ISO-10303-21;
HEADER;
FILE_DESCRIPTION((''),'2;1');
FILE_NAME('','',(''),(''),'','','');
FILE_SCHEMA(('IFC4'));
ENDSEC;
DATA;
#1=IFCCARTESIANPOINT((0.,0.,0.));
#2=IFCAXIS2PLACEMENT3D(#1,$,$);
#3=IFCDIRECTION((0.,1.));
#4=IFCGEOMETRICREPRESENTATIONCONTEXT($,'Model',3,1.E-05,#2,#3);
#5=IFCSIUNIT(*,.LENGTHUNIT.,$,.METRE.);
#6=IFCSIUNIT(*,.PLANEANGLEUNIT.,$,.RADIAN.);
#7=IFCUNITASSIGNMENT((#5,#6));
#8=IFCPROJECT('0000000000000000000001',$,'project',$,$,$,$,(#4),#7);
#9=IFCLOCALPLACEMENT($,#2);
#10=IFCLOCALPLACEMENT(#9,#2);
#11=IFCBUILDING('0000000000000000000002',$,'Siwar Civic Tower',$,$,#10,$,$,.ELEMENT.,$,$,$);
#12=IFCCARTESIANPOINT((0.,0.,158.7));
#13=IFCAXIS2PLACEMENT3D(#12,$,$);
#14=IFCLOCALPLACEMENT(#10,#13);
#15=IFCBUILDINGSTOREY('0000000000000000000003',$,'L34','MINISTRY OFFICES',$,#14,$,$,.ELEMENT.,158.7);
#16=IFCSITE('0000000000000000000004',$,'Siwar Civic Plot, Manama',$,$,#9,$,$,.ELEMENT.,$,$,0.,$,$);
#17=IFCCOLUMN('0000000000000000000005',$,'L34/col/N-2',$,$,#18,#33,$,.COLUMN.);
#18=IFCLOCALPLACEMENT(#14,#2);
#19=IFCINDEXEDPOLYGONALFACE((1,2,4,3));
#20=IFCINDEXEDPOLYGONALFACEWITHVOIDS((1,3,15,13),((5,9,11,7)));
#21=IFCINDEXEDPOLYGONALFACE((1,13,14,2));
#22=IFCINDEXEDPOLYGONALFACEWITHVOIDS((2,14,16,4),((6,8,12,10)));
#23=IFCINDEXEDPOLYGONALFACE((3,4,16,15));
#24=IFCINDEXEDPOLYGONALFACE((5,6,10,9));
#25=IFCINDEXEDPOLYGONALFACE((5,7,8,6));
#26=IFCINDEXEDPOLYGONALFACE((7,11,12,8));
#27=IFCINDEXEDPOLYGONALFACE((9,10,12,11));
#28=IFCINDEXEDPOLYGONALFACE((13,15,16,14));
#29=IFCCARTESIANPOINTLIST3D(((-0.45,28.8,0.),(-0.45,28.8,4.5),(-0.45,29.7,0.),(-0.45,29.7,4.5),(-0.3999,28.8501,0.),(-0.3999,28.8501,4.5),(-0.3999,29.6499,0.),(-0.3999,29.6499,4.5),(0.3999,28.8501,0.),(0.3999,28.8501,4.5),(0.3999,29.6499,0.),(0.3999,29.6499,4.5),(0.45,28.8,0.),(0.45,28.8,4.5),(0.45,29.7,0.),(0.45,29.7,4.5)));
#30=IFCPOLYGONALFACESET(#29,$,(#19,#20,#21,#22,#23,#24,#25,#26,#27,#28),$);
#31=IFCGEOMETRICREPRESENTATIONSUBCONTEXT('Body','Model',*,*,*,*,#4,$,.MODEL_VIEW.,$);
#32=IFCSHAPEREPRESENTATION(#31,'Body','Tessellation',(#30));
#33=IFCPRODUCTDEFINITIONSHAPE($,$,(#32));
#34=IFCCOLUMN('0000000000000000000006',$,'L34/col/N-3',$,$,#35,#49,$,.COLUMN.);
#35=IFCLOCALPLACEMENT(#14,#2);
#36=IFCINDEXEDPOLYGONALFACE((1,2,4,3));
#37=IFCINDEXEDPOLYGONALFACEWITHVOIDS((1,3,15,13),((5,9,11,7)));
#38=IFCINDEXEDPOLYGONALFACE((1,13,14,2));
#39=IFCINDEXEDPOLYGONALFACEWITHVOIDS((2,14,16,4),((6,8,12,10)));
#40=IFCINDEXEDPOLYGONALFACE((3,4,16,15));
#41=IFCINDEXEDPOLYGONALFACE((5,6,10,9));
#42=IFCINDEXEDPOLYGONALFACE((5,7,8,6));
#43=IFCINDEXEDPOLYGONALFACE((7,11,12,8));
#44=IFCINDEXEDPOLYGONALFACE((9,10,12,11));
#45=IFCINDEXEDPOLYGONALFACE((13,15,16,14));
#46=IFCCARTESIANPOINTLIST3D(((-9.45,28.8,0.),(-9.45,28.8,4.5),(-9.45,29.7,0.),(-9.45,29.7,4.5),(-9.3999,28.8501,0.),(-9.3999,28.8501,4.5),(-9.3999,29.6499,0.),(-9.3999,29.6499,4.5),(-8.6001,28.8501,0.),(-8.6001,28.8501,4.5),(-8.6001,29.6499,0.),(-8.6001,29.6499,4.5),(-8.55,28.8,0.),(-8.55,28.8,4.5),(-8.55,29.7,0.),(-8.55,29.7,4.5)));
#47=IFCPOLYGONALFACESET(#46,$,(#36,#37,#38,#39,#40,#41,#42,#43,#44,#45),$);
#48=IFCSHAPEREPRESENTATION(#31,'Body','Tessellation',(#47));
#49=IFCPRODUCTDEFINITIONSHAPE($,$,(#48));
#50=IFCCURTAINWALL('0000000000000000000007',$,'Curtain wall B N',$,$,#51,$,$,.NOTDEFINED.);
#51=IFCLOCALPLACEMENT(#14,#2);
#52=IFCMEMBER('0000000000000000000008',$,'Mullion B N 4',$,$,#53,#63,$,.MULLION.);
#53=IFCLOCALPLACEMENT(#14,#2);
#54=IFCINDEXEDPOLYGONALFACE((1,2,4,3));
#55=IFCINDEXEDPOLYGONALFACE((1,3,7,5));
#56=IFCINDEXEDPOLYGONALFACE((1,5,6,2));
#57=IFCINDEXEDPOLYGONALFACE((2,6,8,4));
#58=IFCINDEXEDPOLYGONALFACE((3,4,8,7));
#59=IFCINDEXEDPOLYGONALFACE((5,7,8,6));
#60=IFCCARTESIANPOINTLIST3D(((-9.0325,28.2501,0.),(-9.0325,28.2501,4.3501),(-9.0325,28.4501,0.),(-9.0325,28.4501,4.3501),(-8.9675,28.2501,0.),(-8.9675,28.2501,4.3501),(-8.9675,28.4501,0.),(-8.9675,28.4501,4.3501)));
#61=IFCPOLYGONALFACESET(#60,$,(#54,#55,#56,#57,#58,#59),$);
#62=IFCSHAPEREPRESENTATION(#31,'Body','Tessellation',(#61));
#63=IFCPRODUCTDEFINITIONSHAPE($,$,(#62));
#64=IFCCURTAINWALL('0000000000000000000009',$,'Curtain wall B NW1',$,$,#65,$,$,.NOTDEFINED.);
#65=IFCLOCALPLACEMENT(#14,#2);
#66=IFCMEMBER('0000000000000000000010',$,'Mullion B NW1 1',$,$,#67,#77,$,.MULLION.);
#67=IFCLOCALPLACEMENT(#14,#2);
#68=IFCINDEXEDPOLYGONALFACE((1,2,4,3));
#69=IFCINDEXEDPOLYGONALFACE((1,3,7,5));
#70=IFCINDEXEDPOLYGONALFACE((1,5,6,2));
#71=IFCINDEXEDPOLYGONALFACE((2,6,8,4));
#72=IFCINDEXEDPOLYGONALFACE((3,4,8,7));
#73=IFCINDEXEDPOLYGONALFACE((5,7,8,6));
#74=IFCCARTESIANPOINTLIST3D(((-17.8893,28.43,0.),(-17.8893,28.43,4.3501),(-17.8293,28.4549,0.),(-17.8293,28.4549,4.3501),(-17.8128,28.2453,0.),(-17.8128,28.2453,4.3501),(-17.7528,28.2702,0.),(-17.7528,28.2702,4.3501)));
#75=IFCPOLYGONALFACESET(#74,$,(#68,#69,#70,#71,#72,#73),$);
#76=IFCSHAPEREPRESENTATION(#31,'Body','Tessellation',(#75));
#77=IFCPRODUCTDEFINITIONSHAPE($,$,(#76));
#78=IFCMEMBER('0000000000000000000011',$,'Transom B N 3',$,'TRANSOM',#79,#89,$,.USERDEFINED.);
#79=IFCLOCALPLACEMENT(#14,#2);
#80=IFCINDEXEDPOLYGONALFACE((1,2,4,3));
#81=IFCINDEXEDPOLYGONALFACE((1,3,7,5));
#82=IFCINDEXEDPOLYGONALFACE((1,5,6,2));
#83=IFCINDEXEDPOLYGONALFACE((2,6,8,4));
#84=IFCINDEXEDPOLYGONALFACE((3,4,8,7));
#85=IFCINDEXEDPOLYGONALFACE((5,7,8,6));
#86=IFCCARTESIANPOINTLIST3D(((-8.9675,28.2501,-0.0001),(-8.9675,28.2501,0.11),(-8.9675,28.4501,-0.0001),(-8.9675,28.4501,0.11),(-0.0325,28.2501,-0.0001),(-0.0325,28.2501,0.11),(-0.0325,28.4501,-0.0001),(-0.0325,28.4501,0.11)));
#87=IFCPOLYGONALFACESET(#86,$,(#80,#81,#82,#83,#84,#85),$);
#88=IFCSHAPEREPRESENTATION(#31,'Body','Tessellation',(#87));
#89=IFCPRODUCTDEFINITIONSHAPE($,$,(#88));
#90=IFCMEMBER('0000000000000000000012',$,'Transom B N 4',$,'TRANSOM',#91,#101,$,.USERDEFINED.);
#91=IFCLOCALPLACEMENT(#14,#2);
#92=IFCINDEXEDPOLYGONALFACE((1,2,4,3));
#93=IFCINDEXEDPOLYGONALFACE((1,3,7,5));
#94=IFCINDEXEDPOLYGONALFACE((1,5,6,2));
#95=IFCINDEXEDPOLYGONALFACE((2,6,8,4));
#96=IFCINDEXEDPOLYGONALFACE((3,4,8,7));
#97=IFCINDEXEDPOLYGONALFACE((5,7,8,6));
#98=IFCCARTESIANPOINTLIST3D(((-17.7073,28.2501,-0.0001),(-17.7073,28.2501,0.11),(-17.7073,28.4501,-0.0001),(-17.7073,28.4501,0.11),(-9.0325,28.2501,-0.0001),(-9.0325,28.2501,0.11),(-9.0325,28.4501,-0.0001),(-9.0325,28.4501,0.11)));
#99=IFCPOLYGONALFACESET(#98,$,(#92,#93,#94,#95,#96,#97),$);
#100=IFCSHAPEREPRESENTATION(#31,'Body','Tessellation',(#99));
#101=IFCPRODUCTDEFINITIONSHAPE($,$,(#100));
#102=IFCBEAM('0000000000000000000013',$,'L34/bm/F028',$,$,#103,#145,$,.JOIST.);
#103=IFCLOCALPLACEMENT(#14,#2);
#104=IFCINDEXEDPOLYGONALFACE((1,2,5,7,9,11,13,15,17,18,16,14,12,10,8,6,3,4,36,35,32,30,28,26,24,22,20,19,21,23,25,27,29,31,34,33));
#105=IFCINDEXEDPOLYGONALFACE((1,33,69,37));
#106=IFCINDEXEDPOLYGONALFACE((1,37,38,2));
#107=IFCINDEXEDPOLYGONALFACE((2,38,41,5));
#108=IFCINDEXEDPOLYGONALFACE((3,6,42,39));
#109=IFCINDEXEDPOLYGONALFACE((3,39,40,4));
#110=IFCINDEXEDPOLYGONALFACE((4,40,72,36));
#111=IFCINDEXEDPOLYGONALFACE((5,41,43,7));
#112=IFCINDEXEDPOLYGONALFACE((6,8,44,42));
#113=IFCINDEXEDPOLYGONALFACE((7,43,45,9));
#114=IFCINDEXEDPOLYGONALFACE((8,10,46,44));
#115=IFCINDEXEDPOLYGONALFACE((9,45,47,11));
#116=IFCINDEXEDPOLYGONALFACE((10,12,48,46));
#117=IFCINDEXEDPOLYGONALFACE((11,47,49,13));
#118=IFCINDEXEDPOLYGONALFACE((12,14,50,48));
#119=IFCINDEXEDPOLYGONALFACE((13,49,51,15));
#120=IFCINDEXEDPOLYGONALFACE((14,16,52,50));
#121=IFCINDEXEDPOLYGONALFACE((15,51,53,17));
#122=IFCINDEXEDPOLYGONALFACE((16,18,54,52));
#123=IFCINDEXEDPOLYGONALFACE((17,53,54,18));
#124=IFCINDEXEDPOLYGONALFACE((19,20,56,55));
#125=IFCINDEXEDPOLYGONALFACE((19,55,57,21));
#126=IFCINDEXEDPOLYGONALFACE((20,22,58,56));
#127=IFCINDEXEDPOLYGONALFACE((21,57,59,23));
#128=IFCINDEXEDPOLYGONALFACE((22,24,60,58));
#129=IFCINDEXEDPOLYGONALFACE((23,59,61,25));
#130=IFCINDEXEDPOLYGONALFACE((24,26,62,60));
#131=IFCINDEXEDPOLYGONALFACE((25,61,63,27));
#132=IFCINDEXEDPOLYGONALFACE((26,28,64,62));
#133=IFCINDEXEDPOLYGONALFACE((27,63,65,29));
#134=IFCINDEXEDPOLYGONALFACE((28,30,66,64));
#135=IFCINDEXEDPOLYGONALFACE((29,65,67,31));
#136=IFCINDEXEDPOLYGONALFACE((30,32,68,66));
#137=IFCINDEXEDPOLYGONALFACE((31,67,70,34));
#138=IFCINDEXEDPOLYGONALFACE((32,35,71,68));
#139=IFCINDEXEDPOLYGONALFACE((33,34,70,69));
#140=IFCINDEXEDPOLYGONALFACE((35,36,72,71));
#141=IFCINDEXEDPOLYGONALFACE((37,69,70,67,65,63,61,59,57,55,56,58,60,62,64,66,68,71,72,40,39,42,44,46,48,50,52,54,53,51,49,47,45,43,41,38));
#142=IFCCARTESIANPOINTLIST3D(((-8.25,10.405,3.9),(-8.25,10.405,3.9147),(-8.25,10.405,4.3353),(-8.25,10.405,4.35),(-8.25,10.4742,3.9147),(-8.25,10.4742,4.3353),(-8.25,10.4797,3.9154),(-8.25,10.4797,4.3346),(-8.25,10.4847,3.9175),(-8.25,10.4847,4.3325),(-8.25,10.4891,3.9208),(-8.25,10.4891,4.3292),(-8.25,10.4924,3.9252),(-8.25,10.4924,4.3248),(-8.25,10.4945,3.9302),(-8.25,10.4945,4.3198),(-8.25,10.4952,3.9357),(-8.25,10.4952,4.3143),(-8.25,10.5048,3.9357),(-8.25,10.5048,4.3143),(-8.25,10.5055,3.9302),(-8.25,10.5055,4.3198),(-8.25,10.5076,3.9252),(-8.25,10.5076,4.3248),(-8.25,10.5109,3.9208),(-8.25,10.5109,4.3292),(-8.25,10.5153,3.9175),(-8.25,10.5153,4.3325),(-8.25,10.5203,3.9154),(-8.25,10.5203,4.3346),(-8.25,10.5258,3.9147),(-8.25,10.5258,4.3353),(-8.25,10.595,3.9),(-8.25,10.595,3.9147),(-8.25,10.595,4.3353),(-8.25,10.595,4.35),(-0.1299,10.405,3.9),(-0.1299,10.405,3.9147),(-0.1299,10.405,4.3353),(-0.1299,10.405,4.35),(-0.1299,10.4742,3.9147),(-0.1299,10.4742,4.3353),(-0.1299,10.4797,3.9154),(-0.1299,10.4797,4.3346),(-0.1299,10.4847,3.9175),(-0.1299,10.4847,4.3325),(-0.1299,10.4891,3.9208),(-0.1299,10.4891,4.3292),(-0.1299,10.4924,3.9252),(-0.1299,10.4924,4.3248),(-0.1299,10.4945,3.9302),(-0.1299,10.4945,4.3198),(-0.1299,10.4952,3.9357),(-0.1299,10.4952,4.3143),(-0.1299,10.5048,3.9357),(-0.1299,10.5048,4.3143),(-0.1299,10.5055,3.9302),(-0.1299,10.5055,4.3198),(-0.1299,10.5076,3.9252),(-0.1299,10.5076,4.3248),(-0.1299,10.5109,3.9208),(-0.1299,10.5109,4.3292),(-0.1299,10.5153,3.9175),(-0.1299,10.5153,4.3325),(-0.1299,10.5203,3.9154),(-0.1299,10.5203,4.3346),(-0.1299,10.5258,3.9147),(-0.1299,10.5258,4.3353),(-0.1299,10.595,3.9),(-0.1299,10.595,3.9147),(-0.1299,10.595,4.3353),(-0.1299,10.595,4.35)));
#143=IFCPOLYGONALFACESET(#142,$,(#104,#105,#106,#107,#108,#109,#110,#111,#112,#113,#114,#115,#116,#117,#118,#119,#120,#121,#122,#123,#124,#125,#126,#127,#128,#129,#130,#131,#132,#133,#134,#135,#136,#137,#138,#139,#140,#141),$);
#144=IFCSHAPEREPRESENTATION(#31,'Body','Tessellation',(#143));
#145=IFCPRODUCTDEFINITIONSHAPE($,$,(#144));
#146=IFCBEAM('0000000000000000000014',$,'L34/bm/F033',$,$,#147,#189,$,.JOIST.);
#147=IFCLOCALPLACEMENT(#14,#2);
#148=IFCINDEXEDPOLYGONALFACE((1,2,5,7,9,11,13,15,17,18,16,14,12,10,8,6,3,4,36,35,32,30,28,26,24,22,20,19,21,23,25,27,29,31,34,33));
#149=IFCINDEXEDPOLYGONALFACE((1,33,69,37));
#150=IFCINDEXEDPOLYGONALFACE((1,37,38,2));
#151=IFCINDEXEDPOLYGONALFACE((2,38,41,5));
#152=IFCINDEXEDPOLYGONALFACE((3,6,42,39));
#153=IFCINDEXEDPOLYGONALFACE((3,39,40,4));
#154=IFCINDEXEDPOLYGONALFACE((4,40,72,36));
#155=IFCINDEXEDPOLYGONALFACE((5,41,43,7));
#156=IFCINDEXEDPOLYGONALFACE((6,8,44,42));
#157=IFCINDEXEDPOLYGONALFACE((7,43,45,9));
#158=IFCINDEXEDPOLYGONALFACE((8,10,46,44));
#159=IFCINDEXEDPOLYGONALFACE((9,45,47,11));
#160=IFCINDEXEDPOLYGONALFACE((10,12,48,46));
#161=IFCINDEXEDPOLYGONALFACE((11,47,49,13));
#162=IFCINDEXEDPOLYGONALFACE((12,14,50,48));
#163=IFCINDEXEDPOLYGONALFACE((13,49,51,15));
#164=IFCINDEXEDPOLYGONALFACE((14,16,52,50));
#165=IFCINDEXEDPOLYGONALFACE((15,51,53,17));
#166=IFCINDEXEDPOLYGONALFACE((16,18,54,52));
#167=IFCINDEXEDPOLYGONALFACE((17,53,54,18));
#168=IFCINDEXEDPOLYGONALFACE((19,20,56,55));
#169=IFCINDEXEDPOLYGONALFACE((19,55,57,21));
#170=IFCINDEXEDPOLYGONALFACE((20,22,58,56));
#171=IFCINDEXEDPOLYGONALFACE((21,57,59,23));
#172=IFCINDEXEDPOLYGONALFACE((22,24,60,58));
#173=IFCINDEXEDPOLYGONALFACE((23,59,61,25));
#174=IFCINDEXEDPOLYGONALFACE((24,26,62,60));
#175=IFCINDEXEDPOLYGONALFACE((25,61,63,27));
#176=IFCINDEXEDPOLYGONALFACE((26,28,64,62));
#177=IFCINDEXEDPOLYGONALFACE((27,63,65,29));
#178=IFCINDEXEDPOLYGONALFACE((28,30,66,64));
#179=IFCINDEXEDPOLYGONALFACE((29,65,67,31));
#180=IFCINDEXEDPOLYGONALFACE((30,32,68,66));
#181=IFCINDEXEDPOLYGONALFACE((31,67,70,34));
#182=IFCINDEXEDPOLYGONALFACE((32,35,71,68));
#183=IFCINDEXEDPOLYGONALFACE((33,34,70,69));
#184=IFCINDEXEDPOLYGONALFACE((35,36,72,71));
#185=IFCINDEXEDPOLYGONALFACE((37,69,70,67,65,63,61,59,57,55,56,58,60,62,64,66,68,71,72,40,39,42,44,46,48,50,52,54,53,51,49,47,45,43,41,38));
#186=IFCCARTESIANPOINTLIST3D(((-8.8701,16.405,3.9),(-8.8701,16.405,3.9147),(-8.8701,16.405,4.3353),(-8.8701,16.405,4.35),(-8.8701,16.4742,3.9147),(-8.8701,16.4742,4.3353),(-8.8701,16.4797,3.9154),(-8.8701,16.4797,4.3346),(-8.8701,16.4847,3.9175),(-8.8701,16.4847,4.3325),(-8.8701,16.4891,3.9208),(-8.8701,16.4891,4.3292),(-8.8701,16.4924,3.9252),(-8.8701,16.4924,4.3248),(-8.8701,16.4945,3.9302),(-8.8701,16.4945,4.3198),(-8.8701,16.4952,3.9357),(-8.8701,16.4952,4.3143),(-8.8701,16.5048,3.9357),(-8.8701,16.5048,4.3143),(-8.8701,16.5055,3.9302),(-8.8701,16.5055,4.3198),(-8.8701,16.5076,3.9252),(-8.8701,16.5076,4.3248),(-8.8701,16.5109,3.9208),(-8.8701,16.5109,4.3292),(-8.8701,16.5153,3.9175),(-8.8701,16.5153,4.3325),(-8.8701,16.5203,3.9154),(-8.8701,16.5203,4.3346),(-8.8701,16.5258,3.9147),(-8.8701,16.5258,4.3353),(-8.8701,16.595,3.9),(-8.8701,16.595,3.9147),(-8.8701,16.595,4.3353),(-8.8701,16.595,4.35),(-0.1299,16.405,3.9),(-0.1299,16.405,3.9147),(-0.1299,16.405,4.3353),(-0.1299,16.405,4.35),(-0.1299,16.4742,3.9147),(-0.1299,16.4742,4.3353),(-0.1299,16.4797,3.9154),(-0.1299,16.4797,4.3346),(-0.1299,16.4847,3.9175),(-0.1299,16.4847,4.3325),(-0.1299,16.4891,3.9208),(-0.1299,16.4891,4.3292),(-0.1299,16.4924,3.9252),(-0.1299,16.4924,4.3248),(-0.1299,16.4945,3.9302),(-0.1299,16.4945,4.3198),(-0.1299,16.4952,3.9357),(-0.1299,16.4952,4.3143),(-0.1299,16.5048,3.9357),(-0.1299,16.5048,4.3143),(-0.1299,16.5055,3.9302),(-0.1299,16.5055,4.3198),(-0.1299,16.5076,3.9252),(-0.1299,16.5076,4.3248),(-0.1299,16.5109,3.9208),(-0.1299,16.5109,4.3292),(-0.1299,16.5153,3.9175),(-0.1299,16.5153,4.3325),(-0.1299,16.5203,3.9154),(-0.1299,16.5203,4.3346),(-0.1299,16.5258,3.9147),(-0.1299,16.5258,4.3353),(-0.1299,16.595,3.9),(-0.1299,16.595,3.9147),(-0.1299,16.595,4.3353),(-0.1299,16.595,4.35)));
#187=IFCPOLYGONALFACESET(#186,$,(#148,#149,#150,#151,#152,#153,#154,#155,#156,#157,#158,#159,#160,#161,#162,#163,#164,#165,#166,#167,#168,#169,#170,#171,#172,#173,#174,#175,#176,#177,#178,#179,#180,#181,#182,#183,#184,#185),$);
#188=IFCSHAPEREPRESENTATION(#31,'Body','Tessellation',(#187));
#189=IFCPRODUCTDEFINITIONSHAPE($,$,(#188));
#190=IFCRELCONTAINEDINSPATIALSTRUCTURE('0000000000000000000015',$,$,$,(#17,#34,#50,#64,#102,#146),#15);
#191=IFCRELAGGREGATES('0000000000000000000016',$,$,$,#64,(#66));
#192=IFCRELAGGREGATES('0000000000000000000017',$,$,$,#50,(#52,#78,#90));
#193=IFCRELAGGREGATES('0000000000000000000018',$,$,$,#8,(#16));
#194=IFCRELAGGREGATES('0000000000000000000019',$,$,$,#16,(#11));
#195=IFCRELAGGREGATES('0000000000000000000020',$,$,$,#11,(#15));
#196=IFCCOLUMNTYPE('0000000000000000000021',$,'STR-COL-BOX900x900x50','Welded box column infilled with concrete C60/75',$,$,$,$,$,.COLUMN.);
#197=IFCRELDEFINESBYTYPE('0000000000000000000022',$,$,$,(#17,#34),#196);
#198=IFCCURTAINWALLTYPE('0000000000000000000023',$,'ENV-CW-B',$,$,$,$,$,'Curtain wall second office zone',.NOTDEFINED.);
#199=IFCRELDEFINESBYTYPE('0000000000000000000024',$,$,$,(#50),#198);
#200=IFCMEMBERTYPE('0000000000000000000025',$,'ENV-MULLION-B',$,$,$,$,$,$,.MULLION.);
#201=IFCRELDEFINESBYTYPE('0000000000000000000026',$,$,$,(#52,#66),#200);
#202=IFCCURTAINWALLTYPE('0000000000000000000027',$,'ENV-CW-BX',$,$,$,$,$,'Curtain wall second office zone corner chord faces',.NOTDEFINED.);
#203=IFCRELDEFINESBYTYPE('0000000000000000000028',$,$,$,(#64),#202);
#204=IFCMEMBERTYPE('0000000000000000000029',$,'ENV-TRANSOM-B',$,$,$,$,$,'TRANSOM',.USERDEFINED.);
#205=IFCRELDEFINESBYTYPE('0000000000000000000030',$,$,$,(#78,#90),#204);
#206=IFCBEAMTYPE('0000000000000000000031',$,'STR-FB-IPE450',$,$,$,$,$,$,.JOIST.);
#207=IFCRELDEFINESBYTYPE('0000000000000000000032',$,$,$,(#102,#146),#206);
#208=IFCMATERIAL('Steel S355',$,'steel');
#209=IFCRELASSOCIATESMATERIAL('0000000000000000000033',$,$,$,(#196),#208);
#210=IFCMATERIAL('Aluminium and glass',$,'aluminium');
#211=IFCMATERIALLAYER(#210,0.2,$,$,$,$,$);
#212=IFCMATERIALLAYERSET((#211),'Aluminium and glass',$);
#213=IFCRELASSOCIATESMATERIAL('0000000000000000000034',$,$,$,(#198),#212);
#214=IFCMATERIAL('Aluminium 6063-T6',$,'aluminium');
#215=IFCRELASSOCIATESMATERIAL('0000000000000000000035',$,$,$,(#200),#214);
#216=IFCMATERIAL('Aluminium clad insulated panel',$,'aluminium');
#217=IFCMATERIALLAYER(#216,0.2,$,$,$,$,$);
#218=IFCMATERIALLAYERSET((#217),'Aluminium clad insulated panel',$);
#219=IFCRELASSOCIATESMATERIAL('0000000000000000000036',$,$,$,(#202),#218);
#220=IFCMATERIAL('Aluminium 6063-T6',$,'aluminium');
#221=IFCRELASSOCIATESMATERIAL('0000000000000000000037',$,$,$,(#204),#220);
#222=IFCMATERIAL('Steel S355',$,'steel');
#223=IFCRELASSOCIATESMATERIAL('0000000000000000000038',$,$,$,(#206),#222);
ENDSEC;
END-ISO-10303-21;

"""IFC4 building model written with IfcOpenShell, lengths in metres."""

from ifc_helpers import new_model, si_unit, direction, frame, origin, origin_2d, place, context, subcontext, project, spatial, rectangle, hollow_rectangle, i_section, extrude, material, layer, layer_set, material_profile, profile_set, type_object, element, aggregate, save


model = new_model("IFC4")

# Units and contexts
model_context = context("Model", 3, precision=1e-05, world=origin(), true_north=direction((0.0, 1.0)))
body_context = subcontext(model_context, "Body", "Model", "MODEL_VIEW")
ifc_project = project(units=[si_unit("LENGTHUNIT", "METRE"), si_unit("PLANEANGLEUNIT", "RADIAN")], contexts=[model_context])

# Site, building, storey
site_placement = place(None, origin())
site = spatial("IfcSite", under=ifc_project, at=site_placement, Name="Siwar Civic Plot, Manama", CompositionType="ELEMENT", RefElevation=0.0)
building_placement = place(site_placement, origin())
building = spatial("IfcBuilding", under=site, at=building_placement, Name="Siwar Civic Tower", CompositionType="ELEMENT")
storey_placement = place(building_placement, frame((0.0, 0.0, 158.7)))
storey = spatial("IfcBuildingStorey", under=building, at=storey_placement, Name="L34", Description="MINISTRY OFFICES", CompositionType="ELEMENT", Elevation=158.7)

# Columns
ifc_material_1 = material(Name="Steel S355", Category="steel")
ifc_material_profile_1 = material_profile(ifc_material_1, hollow_rectangle(XDim=0.8999, YDim=0.8999, WallThickness=0.05, at=origin_2d()), Name="BOX900x900x50")
ifc_profile_set_1 = profile_set([ifc_material_profile_1], Name="Steel S355")
column_type = type_object("IfcColumnType", Name="STR-COL-BOX900x900x50", Description="Welded box column infilled with concrete C60/75", PredefinedType="COLUMN", material=ifc_profile_set_1)
for number, where, z_axis, x_axis, name in (
    (1, (0.0, 29.25, 0.0), (0.0, 0.0, 1.0), (1.0, 0.0, 0.0), "L34/col/N-2"),
    (2, (-9.0, 29.25, 0.0), (0.0, 0.0, 1.0), (1.0, 0.0, 0.0), "L34/col/N-3"),
):
    element("IfcColumn", number, at=place(storey_placement, frame(where, z_axis=z_axis, x_axis=x_axis)), inside=storey, type_object=column_type, Name=name, PredefinedType="COLUMN", context=body_context, shape_type="SweptSolid", body=[
        extrude(hollow_rectangle(XDim=0.8999, YDim=0.8999, WallThickness=0.05, at=origin_2d()), origin(), (0.0, 0.0, 1.0), 4.5),
    ])

# Curtain walls, members
ifc_material_2 = material(Name="Aluminium and glass", Category="aluminium")
ifc_layer_1 = layer(ifc_material_2, 0.2)
ifc_layer_set_1 = layer_set([ifc_layer_1], Name="Aluminium and glass")
curtain_wall_type_1 = type_object("IfcCurtainWallType", Name="ENV-CW-B", ElementType="Curtain wall second office zone", PredefinedType="NOTDEFINED", material=ifc_layer_set_1)
curtain_wall_1_placement = place(storey_placement, origin())
curtain_wall_1 = element("IfcCurtainWall", 3, at=curtain_wall_1_placement, inside=storey, type_object=curtain_wall_type_1, Name="Curtain wall B N", PredefinedType="NOTDEFINED")
ifc_material_3 = material(Name="Aluminium 6063-T6", Category="aluminium")
ifc_material_profile_2 = material_profile(ifc_material_3, rectangle(XDim=0.2, YDim=0.0649, at=origin_2d()), Name="AL 200x65")
ifc_profile_set_2 = profile_set([ifc_material_profile_2], Name="Aluminium 6063-T6")
member_type_1 = type_object("IfcMemberType", Name="ENV-MULLION-B", PredefinedType="MULLION", material=ifc_profile_set_2)
member_1_placement = place(storey_placement, frame((-9.0, 28.3501, 0.0), z_axis=(0.0, 0.0, 1.0), x_axis=(0.0, -1.0, 0.0)))
member_1 = element("IfcMember", 4, at=member_1_placement, type_object=member_type_1, Name="Mullion B N 4", PredefinedType="MULLION", context=body_context, shape_type="SweptSolid", body=[
    extrude(rectangle(XDim=0.2, YDim=0.0649, at=origin_2d()), origin(), (0.0, 0.0, 1.0), 4.3501),
])
ifc_material_4 = material(Name="Aluminium clad insulated panel", Category="aluminium")
ifc_layer_2 = layer(ifc_material_4, 0.2)
ifc_layer_set_2 = layer_set([ifc_layer_2], Name="Aluminium clad insulated panel")
curtain_wall_type_2 = type_object("IfcCurtainWallType", Name="ENV-CW-BX", ElementType="Curtain wall second office zone corner chord faces", PredefinedType="NOTDEFINED", material=ifc_layer_set_2)
curtain_wall_2_placement = place(storey_placement, origin())
curtain_wall_2 = element("IfcCurtainWall", 5, at=curtain_wall_2_placement, inside=storey, type_object=curtain_wall_type_2, Name="Curtain wall B NW1", PredefinedType="NOTDEFINED")
member_2_placement = place(storey_placement, frame((-17.821, 28.3501, 0.0), z_axis=(0.0, 0.0, 1.0), x_axis=(0.382683, -0.92388, 0.0)))
member_2 = element("IfcMember", 6, at=member_2_placement, type_object=member_type_1, Name="Mullion B NW1 1", PredefinedType="MULLION", context=body_context, shape_type="SweptSolid", body=[
    extrude(rectangle(XDim=0.2, YDim=0.0649, at=origin_2d()), origin(), (0.0, 0.0, 1.0), 4.3501),
])
aggregate(curtain_wall_2, [member_2])

# Members
ifc_material_5 = material(Name="Aluminium 6063-T6", Category="aluminium")
ifc_material_profile_3 = material_profile(ifc_material_5, rectangle(XDim=0.2, YDim=0.1101, at=origin_2d()), Name="AL 200x110")
ifc_profile_set_3 = profile_set([ifc_material_profile_3], Name="Aluminium 6063-T6")
member_type_2 = type_object("IfcMemberType", Name="ENV-TRANSOM-B", ElementType="TRANSOM", PredefinedType="USERDEFINED", material=ifc_profile_set_3)
member_3_placement = place(storey_placement, frame((-0.0325, 28.3501, 0.0549), z_axis=(-1.0, 0.0, 0.0), x_axis=(0.0, -1.0, 0.0)))
member_3 = element("IfcMember", 7, at=member_3_placement, type_object=member_type_2, Name="Transom B N 3", ObjectType="TRANSOM", PredefinedType="USERDEFINED", context=body_context, shape_type="SweptSolid", body=[
    extrude(rectangle(XDim=0.2, YDim=0.1101, at=origin_2d()), origin(), (0.0, 0.0, 1.0), 8.9351),
])
member_4_placement = place(storey_placement, frame((-9.0325, 28.3501, 0.0549), z_axis=(-1.0, 0.0, 0.0), x_axis=(0.0, -1.0, 0.0)))
member_4 = element("IfcMember", 8, at=member_4_placement, type_object=member_type_2, Name="Transom B N 4", ObjectType="TRANSOM", PredefinedType="USERDEFINED", context=body_context, shape_type="SweptSolid", body=[
    extrude(rectangle(XDim=0.2, YDim=0.1101, at=origin_2d()), origin(), (0.0, 0.0, 1.0), 8.6748),
])

# Beams
ifc_material_6 = material(Name="Steel S355", Category="steel")
ifc_material_profile_4 = material_profile(ifc_material_6, i_section(OverallWidth=0.1899, OverallDepth=0.45, WebThickness=0.0095, FlangeThickness=0.0146, FilletRadius=0.021, at=origin_2d()), Name="IPE450")
ifc_profile_set_4 = profile_set([ifc_material_profile_4], Name="Steel S355")
beam_type_1 = type_object("IfcBeamType", Name="STR-FB-IPE450", PredefinedType="JOIST", material=ifc_profile_set_4)
beam_1_placement = place(storey_placement, frame((-8.25, 10.5, 4.125), z_axis=(1.0, 0.0, 0.0), x_axis=(0.0, 1.0, 0.0)))
element("IfcBeam", 9, at=beam_1_placement, inside=storey, type_object=beam_type_1, Name="L34/bm/F028", PredefinedType="JOIST", context=body_context, shape_type="SweptSolid", body=[
    extrude(i_section(OverallWidth=0.1899, OverallDepth=0.45, WebThickness=0.0095, FlangeThickness=0.0146, FilletRadius=0.021, at=origin_2d()), origin(), (0.0, 0.0, 1.0), 8.1201),
])
for number, where, z_axis, x_axis, name in (
    (10, (-8.8701, 16.5, 4.125), (1.0, 0.0, 0.0), (0.0, 1.0, 0.0), "L34/bm/F033"),
):
    element("IfcBeam", number, at=place(storey_placement, frame(where, z_axis=z_axis, x_axis=x_axis)), inside=storey, type_object=beam_type_1, Name=name, PredefinedType="JOIST", context=body_context, shape_type="SweptSolid", body=[
        extrude(i_section(OverallWidth=0.1899, OverallDepth=0.45, WebThickness=0.0095, FlangeThickness=0.0146, FilletRadius=0.021, at=origin_2d()), origin(), (0.0, 0.0, 1.0), 8.7402),
    ])

aggregate(curtain_wall_1, [member_1, member_3, member_4])

save(model, "model.ifc")
